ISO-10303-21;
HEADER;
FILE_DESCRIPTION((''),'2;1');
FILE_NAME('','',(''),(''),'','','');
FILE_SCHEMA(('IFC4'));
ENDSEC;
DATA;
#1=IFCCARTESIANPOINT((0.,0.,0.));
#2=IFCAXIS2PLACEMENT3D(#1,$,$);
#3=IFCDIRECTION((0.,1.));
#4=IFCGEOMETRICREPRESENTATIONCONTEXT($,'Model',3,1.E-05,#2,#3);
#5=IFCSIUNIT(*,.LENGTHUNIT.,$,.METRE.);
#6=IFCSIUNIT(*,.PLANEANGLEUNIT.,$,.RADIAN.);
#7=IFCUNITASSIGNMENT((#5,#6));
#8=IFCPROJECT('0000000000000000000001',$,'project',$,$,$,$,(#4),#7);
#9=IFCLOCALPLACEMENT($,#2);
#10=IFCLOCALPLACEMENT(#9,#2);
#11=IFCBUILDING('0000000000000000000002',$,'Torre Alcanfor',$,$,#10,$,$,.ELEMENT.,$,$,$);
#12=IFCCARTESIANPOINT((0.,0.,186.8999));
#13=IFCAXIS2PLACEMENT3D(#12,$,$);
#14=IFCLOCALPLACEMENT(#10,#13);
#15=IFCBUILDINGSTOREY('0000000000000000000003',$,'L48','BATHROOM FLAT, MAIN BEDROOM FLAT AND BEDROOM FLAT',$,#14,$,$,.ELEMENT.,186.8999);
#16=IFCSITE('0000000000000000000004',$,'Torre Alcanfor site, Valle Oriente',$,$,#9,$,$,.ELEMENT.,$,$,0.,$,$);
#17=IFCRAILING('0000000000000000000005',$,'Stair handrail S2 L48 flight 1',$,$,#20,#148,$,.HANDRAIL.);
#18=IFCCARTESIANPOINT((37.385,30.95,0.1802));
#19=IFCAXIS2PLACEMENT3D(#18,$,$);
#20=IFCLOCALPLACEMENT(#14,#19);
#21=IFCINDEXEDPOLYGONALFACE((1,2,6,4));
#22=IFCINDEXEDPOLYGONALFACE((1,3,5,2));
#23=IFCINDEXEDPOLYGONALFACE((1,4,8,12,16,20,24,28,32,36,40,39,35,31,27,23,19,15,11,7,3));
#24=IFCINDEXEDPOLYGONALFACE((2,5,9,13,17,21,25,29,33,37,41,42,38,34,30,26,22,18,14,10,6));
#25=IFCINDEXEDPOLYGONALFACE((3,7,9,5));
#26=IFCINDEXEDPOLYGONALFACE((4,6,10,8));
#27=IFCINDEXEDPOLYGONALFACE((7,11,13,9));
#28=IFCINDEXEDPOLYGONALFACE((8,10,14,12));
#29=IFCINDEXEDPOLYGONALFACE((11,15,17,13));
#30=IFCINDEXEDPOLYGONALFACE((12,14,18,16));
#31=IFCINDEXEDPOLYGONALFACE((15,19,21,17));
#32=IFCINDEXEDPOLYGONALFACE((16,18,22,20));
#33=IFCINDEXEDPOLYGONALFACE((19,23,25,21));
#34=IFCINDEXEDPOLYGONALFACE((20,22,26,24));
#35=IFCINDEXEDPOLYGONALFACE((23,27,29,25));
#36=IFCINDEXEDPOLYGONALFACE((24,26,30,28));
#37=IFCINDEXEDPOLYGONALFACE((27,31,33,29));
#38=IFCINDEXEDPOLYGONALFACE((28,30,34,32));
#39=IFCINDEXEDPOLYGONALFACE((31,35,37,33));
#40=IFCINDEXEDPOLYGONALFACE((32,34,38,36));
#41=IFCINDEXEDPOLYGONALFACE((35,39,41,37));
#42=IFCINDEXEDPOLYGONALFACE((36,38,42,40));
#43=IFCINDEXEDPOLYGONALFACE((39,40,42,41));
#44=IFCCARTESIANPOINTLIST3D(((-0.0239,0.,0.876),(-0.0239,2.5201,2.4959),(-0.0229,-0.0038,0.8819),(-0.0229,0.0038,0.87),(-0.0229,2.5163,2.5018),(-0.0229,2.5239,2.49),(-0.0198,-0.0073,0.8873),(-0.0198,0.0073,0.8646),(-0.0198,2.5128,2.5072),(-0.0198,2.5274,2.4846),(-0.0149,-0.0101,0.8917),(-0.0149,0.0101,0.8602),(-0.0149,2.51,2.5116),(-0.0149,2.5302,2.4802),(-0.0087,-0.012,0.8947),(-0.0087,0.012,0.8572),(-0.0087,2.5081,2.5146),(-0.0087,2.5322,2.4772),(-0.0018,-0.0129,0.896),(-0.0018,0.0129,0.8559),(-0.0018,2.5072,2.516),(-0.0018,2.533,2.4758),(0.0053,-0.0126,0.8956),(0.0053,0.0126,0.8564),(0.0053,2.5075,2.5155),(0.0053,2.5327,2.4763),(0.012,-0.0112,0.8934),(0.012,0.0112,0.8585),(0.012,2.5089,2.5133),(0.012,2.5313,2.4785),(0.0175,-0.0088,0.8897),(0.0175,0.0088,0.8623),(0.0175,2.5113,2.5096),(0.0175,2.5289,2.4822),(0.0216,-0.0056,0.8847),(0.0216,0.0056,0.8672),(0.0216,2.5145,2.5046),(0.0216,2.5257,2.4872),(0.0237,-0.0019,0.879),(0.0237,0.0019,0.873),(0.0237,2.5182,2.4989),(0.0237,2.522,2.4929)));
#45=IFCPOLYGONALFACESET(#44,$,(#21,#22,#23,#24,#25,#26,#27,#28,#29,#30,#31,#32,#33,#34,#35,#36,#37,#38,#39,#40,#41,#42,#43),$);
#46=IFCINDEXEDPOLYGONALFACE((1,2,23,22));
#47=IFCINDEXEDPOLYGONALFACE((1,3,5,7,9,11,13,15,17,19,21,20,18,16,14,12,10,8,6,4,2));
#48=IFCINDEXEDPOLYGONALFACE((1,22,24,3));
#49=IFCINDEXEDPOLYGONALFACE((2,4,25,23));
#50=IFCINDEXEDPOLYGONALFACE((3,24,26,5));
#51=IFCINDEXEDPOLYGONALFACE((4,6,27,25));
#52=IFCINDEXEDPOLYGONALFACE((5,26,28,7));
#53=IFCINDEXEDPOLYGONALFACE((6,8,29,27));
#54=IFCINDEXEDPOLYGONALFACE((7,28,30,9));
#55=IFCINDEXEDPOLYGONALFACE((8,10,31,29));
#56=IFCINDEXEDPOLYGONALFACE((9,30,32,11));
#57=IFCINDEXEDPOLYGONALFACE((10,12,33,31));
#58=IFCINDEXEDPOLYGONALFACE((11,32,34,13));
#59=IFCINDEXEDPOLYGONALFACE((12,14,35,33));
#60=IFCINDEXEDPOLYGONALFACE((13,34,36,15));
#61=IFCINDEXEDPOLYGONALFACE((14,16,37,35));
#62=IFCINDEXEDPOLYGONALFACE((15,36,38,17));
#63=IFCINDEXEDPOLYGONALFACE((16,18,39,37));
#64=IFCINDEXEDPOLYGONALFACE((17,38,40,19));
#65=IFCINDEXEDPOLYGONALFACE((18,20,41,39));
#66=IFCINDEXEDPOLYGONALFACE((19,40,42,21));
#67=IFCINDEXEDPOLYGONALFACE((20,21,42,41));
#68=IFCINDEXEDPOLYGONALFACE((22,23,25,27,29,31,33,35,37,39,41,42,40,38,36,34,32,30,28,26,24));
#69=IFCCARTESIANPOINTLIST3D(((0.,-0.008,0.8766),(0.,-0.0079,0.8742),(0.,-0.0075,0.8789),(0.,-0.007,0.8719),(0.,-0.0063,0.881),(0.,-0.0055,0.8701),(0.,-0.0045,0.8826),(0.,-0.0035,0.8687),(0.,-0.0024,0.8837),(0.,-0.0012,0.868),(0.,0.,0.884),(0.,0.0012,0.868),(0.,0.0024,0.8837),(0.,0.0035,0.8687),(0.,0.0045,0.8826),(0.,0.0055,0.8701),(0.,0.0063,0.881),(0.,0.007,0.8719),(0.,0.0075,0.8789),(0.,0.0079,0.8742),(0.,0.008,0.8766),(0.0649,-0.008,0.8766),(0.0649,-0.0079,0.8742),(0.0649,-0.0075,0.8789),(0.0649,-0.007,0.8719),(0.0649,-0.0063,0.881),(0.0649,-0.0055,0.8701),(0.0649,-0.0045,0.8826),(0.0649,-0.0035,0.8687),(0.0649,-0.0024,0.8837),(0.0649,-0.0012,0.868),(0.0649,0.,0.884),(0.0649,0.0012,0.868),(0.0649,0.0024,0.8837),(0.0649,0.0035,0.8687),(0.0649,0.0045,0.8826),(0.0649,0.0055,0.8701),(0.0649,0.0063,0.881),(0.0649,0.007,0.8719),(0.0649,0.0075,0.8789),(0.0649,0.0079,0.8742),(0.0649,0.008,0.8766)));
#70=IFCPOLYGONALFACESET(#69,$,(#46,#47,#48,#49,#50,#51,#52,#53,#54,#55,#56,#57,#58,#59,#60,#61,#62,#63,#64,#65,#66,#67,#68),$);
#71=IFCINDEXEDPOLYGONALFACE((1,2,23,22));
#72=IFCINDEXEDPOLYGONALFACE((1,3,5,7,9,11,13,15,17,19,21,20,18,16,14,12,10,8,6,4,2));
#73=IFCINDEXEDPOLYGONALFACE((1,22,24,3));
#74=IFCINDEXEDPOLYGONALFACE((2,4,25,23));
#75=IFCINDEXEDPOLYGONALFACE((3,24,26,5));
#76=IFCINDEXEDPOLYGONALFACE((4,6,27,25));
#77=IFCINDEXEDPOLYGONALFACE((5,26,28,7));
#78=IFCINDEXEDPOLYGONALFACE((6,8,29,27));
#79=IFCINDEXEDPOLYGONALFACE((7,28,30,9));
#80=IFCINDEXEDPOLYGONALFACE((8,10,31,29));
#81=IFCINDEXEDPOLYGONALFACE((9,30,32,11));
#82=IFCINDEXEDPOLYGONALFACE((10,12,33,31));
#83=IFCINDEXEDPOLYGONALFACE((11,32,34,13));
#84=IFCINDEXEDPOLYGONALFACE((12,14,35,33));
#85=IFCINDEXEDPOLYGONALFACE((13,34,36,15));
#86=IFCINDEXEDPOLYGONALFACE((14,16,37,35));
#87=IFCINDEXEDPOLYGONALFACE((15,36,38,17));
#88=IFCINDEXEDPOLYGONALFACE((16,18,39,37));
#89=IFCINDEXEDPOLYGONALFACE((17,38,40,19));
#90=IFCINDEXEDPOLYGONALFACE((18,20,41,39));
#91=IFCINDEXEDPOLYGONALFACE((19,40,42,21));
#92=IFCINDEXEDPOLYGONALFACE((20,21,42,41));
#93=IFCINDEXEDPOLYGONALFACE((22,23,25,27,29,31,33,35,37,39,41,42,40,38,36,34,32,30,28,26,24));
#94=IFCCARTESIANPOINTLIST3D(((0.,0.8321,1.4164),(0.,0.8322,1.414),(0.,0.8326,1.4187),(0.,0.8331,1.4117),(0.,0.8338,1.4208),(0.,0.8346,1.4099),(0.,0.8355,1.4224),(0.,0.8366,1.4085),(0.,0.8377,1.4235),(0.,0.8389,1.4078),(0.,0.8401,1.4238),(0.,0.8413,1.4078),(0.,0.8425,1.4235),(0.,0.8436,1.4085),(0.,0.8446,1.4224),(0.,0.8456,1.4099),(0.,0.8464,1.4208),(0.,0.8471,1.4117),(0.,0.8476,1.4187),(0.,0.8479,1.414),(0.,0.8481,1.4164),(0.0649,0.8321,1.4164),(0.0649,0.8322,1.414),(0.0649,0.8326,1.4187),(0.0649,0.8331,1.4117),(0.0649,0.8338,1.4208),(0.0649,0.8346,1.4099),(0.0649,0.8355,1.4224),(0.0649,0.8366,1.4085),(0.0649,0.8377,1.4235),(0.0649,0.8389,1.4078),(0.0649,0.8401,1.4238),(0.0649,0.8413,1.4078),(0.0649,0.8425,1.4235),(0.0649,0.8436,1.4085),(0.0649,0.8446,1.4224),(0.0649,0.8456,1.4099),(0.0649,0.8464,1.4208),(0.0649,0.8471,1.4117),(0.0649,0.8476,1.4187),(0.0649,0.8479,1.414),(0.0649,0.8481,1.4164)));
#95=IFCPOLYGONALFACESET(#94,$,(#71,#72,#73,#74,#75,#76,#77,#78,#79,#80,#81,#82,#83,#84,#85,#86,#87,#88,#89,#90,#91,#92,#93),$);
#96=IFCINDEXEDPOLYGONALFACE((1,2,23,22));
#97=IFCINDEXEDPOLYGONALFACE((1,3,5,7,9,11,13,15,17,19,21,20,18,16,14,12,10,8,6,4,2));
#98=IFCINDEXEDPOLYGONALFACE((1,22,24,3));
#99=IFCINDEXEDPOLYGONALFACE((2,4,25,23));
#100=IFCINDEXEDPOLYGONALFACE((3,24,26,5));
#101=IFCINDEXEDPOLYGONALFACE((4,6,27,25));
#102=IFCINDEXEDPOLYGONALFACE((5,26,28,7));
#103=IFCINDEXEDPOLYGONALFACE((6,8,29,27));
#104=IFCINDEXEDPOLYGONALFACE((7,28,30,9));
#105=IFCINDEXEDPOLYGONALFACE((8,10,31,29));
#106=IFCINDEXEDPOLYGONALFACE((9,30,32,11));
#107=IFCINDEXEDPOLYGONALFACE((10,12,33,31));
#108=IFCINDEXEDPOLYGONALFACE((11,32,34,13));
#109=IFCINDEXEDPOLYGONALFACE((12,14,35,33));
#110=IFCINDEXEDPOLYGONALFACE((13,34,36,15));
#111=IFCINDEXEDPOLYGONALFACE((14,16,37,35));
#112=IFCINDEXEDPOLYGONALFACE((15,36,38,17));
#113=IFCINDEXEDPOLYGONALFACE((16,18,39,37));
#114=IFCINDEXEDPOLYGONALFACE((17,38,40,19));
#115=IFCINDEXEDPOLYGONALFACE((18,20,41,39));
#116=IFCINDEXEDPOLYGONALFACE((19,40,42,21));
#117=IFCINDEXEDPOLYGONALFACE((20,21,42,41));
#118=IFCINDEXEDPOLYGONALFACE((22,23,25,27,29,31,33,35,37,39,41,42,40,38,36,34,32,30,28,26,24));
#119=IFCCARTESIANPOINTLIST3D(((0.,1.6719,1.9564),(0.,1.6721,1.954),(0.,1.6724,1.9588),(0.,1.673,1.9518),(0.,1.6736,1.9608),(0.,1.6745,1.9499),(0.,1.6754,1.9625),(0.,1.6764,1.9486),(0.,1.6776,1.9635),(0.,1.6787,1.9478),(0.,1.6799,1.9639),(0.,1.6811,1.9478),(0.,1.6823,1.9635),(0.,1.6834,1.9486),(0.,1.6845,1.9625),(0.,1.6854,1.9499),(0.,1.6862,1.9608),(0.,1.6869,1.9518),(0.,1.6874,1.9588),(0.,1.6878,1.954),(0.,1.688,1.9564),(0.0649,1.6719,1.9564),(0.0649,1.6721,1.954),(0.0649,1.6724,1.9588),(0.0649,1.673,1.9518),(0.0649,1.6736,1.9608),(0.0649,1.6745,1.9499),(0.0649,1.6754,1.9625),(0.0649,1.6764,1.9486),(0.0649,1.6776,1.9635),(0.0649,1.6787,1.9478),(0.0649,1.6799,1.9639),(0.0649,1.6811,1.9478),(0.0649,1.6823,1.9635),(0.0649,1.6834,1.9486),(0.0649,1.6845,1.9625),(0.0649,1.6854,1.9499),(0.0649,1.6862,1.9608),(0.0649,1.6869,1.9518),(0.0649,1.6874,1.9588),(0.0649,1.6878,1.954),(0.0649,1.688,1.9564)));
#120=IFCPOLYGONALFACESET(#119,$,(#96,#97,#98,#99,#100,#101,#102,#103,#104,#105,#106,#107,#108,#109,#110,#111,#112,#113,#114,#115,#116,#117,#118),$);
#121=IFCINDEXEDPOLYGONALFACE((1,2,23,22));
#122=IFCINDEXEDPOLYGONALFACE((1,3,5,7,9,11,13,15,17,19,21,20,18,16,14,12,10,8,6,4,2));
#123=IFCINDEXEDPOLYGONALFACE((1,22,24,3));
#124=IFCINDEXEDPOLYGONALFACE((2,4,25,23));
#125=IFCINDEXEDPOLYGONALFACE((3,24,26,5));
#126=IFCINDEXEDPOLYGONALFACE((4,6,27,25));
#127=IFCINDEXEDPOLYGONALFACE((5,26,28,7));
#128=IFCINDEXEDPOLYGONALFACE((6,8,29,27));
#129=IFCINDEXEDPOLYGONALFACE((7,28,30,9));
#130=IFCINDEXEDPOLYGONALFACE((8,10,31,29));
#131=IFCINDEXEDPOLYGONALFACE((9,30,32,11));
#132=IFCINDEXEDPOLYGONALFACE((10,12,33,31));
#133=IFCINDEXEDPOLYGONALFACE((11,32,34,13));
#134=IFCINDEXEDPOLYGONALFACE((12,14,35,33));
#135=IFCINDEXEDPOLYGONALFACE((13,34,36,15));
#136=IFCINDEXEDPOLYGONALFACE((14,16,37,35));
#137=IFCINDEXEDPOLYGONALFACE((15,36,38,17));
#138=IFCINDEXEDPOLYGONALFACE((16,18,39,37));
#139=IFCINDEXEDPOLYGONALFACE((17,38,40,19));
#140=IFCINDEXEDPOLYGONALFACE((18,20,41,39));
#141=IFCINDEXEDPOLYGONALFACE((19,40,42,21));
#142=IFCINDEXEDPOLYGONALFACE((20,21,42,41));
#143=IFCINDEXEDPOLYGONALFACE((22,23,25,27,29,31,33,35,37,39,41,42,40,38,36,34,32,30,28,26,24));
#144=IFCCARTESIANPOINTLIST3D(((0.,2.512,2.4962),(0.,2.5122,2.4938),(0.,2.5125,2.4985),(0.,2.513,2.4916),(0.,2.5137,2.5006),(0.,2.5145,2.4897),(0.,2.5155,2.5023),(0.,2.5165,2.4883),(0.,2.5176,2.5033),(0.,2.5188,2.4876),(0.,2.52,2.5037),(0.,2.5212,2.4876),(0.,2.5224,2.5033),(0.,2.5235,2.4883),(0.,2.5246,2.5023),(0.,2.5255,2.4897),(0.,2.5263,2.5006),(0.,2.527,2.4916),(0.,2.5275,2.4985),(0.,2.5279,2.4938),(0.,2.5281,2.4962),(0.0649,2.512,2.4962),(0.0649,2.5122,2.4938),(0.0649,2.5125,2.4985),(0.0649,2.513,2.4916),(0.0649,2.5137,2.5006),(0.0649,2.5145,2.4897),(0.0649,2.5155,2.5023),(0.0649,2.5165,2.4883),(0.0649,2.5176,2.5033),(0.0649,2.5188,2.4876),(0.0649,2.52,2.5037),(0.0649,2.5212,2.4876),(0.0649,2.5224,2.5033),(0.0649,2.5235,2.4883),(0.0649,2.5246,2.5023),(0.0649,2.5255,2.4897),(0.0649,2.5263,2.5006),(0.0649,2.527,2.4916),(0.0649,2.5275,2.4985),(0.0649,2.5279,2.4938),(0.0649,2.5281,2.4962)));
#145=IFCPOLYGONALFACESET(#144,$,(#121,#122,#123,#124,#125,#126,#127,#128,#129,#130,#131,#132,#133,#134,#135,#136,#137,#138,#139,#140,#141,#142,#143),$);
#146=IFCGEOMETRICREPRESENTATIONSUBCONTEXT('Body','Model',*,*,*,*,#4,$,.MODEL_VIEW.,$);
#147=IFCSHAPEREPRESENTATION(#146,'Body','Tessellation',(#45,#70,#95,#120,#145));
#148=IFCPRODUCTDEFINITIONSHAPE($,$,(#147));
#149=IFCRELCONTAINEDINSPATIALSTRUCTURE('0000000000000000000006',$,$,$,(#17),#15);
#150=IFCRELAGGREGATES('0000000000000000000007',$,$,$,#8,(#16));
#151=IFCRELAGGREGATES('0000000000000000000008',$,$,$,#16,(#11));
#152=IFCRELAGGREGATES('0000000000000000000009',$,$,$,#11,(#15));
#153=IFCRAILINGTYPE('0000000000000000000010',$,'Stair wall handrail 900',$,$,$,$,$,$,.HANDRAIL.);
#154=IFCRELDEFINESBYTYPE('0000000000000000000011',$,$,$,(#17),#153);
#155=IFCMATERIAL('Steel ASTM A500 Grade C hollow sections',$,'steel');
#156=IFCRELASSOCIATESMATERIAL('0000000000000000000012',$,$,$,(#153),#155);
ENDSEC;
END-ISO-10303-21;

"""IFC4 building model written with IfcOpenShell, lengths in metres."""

from ifc_helpers import new_model, si_unit, direction, frame, origin, origin_2d, place, context, subcontext, project, spatial, circle, extrude, material, type_object, element, save


model = new_model("IFC4")

# Units and contexts
model_context = context("Model", 3, precision=1e-05, world=origin(), true_north=direction((0.0, 1.0)))
body_context = subcontext(model_context, "Body", "Model", "MODEL_VIEW")
ifc_project = project(units=[si_unit("LENGTHUNIT", "METRE"), si_unit("PLANEANGLEUNIT", "RADIAN")], contexts=[model_context])

# Site, building, storey
site_placement = place(None, origin())
site = spatial("IfcSite", under=ifc_project, at=site_placement, Name="Torre Alcanfor site, Valle Oriente", CompositionType="ELEMENT", RefElevation=0.0)
building_placement = place(site_placement, origin())
building = spatial("IfcBuilding", under=site, at=building_placement, Name="Torre Alcanfor", CompositionType="ELEMENT")
storey_placement = place(building_placement, frame((0.0, 0.0, 186.8999)))
storey = spatial("IfcBuildingStorey", under=building, at=storey_placement, Name="L48", Description="BATHROOM FLAT, MAIN BEDROOM FLAT AND BEDROOM FLAT", CompositionType="ELEMENT", Elevation=186.8999)

# Railing
ifc_material_1 = material(Name="Steel ASTM A500 Grade C hollow sections", Category="steel")
railing_type_1 = type_object("IfcRailingType", Name="Stair wall handrail 900", PredefinedType="HANDRAIL", material=ifc_material_1)
railing_1_placement = place(storey_placement, frame((37.385, 30.95, 0.1802)))
element("IfcRailing", 1, at=railing_1_placement, inside=storey, type_object=railing_type_1, Name="Stair handrail S2 L48 flight 1", PredefinedType="HANDRAIL", context=body_context, shape_type="SweptSolid", body=[
    extrude(circle(Radius=0.0239, at=origin_2d()), frame((0.0, 0.0, 0.876), z_axis=(0.0, 0.8412, 0.540725), x_axis=(-1.0, 0.0, 0.0)), (0.0, 0.0, 1.0), 2.9958),
    extrude(circle(Radius=0.0081, at=origin_2d()), frame((0.0, 0.0, 0.876), z_axis=(1.0, 0.0, 0.0), x_axis=(0.0, 0.0, 1.0)), (0.0, 0.0, 1.0), 0.0649),
    extrude(circle(Radius=0.0081, at=origin_2d()), frame((0.0, 0.8401, 1.4158), z_axis=(1.0, 0.0, 0.0), x_axis=(0.0, 0.0, 1.0)), (0.0, 0.0, 1.0), 0.0649),
    extrude(circle(Radius=0.0081, at=origin_2d()), frame((0.0, 1.6799, 1.9558), z_axis=(1.0, 0.0, 0.0), x_axis=(0.0, 0.0, 1.0)), (0.0, 0.0, 1.0), 0.0649),
    extrude(circle(Radius=0.0081, at=origin_2d()), frame((0.0, 2.52, 2.4956), z_axis=(1.0, 0.0, 0.0), x_axis=(0.0, 0.0, 1.0)), (0.0, 0.0, 1.0), 0.0649),
])

save(model, "model.ifc")
